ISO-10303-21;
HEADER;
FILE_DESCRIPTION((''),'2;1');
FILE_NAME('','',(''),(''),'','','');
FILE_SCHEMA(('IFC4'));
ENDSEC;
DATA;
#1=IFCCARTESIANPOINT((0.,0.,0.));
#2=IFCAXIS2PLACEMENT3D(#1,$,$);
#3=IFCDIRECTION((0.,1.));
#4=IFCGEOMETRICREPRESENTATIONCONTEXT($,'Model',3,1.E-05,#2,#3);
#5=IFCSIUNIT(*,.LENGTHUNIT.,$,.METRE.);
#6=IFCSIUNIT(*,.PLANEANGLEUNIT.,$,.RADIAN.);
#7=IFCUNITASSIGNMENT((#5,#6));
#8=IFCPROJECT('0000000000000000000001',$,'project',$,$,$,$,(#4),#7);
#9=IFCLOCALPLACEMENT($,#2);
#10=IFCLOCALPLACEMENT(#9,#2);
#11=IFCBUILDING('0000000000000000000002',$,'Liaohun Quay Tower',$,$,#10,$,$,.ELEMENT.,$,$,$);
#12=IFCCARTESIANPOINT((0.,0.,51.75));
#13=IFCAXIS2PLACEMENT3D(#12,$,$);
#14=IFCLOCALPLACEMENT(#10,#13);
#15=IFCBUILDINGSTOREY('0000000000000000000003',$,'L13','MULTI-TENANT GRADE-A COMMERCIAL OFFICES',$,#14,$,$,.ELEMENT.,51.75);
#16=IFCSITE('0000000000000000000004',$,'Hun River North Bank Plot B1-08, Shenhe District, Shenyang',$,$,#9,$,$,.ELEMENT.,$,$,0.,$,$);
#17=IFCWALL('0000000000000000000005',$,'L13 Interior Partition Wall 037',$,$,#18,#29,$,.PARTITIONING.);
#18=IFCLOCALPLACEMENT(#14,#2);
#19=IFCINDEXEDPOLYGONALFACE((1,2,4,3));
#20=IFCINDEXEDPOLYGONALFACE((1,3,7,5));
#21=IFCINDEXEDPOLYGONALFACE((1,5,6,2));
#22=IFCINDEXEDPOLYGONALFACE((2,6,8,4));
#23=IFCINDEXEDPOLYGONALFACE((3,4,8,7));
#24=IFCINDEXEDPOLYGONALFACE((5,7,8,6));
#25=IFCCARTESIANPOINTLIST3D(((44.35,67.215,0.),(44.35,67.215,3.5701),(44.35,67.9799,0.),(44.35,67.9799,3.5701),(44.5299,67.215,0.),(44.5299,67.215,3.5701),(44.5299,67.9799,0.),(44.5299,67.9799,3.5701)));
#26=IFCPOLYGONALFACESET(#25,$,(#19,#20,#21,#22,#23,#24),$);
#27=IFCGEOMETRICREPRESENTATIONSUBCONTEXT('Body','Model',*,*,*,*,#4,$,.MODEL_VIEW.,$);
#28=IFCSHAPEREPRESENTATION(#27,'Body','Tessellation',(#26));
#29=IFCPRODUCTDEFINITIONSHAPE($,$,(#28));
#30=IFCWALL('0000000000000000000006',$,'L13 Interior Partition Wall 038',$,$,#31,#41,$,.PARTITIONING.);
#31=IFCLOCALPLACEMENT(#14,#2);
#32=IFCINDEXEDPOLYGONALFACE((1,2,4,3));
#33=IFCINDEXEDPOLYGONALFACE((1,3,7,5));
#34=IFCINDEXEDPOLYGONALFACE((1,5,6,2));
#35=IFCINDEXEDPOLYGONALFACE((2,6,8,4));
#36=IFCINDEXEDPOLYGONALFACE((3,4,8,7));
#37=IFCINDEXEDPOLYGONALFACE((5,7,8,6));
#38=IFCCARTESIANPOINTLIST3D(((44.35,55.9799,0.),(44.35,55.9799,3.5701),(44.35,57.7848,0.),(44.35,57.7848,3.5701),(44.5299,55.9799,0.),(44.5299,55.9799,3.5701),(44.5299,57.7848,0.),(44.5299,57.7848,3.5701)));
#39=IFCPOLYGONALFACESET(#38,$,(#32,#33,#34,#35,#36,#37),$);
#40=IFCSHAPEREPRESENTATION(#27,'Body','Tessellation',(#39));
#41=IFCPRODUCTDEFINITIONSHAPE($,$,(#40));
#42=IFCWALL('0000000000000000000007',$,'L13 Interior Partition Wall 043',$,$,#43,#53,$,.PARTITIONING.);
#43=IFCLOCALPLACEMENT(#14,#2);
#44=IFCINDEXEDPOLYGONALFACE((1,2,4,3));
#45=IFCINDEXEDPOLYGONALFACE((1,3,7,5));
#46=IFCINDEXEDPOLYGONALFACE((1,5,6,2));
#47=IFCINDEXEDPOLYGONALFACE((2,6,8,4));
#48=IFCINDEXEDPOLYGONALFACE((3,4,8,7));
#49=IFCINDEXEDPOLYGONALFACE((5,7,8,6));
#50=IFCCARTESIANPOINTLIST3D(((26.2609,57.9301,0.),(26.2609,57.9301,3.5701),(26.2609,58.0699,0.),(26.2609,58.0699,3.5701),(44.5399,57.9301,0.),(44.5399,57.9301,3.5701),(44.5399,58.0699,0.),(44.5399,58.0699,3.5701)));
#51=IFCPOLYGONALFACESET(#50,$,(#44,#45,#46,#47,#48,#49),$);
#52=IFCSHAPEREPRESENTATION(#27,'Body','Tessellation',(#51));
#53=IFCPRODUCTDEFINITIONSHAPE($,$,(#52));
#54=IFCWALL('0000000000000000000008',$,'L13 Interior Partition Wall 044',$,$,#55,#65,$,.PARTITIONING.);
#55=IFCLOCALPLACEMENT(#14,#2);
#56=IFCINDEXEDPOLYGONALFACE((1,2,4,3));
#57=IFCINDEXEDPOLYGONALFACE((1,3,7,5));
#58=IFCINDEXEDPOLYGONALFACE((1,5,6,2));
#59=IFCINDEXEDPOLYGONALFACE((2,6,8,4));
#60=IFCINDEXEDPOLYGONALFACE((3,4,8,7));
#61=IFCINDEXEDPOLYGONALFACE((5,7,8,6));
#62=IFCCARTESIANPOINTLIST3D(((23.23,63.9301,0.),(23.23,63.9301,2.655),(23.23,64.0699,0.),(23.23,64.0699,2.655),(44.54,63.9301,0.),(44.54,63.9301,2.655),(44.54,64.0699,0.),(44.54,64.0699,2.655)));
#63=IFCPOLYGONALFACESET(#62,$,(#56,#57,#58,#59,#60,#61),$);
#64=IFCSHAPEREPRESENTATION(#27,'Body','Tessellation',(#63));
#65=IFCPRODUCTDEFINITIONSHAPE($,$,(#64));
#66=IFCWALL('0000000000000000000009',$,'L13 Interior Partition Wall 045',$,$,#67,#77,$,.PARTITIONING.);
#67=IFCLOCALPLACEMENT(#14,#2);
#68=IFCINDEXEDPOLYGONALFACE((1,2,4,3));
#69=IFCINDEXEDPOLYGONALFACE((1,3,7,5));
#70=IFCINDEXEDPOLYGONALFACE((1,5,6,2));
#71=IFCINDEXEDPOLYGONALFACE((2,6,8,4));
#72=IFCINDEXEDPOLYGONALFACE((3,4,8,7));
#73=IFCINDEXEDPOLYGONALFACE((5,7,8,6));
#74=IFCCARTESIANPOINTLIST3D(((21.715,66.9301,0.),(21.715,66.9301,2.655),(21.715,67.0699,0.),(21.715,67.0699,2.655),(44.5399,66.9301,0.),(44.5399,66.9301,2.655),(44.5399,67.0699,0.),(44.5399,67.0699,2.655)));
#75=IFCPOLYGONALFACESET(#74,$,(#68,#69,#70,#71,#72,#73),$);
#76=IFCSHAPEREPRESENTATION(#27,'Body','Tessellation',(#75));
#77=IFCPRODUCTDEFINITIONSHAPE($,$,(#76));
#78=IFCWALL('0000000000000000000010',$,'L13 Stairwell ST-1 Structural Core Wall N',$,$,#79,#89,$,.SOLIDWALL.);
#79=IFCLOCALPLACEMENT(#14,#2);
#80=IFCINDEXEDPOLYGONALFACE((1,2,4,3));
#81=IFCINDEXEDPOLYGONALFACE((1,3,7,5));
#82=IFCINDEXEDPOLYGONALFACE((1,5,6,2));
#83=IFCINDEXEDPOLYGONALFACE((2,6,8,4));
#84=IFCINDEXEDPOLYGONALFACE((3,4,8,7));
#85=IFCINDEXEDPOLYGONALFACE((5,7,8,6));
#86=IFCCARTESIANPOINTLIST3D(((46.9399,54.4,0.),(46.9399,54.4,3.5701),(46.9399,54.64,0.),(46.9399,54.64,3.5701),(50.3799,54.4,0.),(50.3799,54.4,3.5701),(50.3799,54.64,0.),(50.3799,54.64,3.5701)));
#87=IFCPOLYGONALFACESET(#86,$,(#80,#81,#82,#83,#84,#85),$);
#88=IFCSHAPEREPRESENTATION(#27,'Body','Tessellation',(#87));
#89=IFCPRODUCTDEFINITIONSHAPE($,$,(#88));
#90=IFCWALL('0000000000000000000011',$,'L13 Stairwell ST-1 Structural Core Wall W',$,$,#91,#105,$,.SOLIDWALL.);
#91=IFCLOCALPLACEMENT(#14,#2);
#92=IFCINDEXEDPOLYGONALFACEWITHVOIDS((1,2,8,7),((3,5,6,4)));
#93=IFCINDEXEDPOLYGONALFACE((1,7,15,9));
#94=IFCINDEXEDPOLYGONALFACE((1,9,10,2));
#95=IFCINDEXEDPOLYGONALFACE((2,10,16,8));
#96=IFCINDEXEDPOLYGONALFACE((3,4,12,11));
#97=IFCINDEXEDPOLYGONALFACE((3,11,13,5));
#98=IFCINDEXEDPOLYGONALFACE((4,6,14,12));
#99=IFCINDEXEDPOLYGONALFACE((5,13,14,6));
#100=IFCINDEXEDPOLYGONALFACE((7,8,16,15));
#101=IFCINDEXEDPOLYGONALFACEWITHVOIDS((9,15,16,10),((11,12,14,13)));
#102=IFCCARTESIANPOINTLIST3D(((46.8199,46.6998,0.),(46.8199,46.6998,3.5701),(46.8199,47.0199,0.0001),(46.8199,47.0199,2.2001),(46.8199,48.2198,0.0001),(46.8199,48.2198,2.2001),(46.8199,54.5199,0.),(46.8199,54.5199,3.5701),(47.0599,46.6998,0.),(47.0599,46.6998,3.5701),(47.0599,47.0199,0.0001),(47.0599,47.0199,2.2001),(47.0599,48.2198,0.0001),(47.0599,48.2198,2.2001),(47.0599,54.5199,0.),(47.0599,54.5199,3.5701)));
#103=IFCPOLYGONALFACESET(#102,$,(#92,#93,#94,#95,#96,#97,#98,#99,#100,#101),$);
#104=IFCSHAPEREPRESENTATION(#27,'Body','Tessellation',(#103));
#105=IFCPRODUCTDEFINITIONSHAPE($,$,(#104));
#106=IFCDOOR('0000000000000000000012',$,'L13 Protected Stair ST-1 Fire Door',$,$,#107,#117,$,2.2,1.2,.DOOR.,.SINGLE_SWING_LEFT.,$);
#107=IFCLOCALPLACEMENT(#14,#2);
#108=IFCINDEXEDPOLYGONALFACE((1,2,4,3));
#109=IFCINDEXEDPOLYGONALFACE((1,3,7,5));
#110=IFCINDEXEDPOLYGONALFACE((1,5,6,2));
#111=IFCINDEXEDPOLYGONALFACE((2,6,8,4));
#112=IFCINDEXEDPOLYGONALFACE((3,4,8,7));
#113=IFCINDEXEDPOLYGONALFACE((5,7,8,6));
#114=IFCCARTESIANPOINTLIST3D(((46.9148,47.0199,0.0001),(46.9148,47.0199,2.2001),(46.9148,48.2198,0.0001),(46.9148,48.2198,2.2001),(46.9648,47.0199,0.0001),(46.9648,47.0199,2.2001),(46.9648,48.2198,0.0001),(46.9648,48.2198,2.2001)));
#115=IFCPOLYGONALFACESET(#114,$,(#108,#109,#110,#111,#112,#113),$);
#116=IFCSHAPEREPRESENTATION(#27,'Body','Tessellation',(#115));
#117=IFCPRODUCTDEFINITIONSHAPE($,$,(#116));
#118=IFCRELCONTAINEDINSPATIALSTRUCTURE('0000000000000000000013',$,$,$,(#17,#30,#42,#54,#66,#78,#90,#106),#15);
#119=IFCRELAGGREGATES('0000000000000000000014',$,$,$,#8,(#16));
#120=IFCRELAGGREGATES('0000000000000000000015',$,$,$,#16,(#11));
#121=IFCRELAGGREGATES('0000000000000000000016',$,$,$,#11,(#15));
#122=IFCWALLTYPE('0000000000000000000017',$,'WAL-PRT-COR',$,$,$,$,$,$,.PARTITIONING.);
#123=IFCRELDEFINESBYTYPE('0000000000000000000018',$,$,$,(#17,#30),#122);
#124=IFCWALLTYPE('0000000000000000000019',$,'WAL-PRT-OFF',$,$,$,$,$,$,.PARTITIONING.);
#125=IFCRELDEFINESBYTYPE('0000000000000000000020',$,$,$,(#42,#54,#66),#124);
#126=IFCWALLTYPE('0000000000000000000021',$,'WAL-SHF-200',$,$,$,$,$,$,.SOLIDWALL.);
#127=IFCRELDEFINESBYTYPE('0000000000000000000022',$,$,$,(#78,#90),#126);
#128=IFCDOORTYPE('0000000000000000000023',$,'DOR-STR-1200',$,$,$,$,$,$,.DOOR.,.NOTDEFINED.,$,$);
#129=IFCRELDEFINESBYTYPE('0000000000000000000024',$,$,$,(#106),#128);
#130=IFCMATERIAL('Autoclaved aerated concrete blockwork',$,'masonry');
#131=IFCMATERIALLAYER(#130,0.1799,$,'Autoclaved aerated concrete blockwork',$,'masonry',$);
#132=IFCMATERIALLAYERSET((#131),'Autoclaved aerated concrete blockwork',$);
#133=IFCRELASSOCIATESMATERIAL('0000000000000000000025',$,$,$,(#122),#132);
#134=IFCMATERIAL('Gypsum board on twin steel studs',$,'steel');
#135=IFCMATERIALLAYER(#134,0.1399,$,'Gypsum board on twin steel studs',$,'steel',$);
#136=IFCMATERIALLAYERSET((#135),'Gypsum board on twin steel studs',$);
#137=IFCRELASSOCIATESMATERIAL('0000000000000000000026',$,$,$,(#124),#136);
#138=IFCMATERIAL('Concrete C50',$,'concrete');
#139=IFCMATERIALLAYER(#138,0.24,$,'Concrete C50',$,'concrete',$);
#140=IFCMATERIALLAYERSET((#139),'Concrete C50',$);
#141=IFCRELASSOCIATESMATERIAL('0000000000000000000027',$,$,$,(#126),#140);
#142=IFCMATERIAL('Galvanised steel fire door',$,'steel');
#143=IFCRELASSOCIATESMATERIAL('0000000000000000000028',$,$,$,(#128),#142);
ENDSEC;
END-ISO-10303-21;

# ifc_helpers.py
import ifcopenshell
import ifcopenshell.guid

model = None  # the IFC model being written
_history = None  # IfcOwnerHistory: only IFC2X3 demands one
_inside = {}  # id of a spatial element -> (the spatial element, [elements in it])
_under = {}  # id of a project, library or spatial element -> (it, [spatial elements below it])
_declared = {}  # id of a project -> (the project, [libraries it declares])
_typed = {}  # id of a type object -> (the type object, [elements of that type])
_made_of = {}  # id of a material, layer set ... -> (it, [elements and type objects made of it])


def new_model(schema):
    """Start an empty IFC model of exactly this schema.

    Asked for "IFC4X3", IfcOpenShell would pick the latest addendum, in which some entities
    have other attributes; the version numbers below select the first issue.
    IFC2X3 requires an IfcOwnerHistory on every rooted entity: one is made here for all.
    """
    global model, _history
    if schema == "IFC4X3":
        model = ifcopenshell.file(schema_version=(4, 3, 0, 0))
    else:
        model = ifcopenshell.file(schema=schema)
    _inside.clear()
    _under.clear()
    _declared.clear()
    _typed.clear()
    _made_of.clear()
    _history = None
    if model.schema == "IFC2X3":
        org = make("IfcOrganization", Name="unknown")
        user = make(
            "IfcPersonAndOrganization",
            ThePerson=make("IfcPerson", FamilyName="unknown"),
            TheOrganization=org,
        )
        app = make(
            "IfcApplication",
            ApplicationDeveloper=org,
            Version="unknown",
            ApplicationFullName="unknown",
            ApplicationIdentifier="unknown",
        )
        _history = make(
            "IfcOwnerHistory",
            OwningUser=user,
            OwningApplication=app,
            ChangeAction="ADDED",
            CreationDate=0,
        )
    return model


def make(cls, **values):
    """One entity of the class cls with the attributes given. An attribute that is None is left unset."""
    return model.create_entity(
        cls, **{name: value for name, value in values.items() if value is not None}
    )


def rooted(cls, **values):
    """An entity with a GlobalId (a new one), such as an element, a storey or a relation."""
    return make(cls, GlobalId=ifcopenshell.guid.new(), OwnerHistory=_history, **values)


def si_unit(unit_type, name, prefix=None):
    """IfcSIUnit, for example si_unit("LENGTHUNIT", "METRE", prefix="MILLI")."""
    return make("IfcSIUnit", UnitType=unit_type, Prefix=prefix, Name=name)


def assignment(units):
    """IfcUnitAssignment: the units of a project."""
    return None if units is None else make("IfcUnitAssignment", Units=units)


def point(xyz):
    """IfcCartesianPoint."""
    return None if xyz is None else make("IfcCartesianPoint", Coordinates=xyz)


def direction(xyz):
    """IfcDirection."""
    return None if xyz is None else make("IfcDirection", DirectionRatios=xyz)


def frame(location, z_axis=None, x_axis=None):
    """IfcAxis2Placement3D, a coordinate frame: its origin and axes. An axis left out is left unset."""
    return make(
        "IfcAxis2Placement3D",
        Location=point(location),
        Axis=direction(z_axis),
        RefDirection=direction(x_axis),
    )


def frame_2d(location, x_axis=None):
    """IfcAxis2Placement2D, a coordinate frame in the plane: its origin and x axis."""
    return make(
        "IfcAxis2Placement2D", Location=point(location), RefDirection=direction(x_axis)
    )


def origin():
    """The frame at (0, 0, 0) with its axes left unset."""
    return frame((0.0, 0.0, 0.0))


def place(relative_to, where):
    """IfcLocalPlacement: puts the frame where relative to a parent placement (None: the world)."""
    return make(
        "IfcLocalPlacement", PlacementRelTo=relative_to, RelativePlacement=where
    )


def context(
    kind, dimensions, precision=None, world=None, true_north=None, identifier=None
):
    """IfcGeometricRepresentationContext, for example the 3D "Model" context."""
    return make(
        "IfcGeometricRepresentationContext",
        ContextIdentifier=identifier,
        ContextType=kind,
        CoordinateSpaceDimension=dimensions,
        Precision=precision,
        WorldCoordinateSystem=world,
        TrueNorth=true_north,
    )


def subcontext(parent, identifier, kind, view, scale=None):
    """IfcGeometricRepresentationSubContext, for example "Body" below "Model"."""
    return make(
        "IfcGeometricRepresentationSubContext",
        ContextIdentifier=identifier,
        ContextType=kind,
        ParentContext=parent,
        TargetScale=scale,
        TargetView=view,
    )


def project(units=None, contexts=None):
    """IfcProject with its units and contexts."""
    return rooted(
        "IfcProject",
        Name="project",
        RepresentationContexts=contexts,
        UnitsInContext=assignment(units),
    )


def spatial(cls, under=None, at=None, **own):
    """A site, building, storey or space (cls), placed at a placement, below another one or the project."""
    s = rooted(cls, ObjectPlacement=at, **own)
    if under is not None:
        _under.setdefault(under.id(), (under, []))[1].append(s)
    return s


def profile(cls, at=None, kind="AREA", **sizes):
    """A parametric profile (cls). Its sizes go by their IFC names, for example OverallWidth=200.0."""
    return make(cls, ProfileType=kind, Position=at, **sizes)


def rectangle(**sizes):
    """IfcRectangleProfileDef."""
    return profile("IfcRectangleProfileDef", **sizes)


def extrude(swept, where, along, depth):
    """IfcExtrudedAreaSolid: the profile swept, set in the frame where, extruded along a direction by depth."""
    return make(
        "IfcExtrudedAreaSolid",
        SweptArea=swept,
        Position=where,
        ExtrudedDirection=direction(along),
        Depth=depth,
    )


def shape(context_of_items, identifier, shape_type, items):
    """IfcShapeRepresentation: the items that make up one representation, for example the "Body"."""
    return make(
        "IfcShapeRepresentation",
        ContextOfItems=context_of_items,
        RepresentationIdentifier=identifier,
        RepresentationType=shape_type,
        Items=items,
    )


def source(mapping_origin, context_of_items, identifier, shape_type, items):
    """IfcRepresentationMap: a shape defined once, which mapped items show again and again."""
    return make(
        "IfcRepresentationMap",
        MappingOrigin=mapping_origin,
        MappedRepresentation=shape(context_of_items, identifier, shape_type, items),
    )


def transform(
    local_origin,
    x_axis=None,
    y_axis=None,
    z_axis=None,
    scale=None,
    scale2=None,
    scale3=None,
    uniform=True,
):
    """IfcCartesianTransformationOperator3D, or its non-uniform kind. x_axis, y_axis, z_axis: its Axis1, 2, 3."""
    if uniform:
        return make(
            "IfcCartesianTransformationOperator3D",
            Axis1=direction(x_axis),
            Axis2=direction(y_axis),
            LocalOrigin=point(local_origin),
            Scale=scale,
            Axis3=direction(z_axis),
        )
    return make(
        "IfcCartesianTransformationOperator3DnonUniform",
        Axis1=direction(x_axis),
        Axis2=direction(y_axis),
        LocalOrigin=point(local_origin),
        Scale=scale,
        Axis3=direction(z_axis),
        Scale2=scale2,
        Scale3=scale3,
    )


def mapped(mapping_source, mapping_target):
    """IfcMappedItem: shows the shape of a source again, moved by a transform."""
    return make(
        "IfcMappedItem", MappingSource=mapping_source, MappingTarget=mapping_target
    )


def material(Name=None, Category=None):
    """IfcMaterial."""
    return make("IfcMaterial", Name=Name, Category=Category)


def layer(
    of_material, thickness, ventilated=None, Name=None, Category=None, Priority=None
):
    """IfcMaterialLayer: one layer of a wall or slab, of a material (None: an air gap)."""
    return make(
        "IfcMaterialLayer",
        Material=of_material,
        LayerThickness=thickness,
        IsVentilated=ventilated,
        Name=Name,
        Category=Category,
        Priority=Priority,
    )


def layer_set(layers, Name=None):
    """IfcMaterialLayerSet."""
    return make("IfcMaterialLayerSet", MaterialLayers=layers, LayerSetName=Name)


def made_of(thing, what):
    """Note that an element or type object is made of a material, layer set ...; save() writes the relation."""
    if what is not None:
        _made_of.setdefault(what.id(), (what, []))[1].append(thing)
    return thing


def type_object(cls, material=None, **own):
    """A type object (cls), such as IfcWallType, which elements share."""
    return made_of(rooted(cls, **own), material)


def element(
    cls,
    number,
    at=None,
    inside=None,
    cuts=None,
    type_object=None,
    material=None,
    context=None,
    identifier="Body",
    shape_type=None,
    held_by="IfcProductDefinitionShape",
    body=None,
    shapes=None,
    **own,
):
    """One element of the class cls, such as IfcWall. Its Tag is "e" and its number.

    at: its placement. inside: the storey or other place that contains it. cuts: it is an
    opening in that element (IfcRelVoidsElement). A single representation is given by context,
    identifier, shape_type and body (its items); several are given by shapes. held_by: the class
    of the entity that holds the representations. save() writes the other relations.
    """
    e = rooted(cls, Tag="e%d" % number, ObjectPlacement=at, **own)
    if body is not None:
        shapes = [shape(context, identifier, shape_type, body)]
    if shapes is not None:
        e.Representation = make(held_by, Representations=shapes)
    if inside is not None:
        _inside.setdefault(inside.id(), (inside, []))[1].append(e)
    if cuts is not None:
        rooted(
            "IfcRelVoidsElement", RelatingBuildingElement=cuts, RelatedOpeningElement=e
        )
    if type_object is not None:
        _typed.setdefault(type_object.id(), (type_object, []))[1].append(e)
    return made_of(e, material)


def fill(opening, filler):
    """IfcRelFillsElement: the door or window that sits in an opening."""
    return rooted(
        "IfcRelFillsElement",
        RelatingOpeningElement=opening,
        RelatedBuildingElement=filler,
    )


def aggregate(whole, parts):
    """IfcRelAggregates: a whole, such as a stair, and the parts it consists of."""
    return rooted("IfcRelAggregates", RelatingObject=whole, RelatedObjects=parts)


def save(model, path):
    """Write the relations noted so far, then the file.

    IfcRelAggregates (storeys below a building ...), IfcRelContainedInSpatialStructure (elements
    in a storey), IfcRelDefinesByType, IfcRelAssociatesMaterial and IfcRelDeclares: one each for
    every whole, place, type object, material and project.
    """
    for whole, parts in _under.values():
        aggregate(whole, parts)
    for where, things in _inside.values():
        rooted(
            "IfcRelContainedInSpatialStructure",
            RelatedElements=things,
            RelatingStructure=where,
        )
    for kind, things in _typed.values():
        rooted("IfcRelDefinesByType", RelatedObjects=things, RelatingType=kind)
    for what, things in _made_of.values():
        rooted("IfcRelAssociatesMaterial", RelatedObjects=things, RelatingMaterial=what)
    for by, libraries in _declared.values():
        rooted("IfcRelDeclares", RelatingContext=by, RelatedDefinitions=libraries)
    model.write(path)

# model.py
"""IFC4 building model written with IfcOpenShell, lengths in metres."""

from ifc_helpers import new_model, si_unit, direction, frame, frame_2d, origin, place, context, subcontext, project, spatial, rectangle, extrude, source, transform, mapped, material, layer, layer_set, type_object, element, fill, save


model = new_model("IFC4")

# Units and contexts
model_context = context("Model", 3, precision=1e-05, world=origin(), true_north=direction((0.0, 1.0)))
body_context = subcontext(model_context, "Body", "Model", "MODEL_VIEW")
ifc_project = project(units=[si_unit("LENGTHUNIT", "METRE"), si_unit("PLANEANGLEUNIT", "RADIAN")], contexts=[model_context])

# Site, building, storey
site_placement = place(None, origin())
site = spatial("IfcSite", under=ifc_project, at=site_placement, Name="Hun River North Bank Plot B1-08, Shenhe District, Shenyang", CompositionType="ELEMENT", RefElevation=0.0)
building_placement = place(site_placement, origin())
building = spatial("IfcBuilding", under=site, at=building_placement, Name="Liaohun Quay Tower", CompositionType="ELEMENT")
storey_placement = place(building_placement, frame((0.0, 0.0, 51.75)))
storey = spatial("IfcBuildingStorey", under=building, at=storey_placement, Name="L13", Description="MULTI-TENANT GRADE-A COMMERCIAL OFFICES", CompositionType="ELEMENT", Elevation=51.75)

# Shared definitions
ifc_material_1 = material(Name="Autoclaved aerated concrete blockwork", Category="masonry")
ifc_layer_1 = layer(ifc_material_1, 0.1799, Name="Autoclaved aerated concrete blockwork", Category="masonry")
ifc_layer_set_1 = layer_set([ifc_layer_1], Name="Autoclaved aerated concrete blockwork")
wall_type_1 = type_object("IfcWallType", Name="WAL-PRT-COR", PredefinedType="PARTITIONING", material=ifc_layer_set_1)

# Walls
wall_1_placement = place(storey_placement, frame((44.4399, 67.2151, 0.0), z_axis=(0.0, 0.0, 1.0), x_axis=(0.0, 1.0, 0.0)))
element("IfcWall", 1, at=wall_1_placement, inside=storey, type_object=wall_type_1, Name="L13 Interior Partition Wall 037", PredefinedType="PARTITIONING", context=body_context, shape_type="SweptSolid", body=[
    extrude(rectangle(XDim=0.7649, YDim=0.1799, at=frame_2d((0.3823, 0.0))), origin(), (0.0, 0.0, 1.0), 3.5701),
])
wall_2_placement = place(storey_placement, frame((44.4399, 55.98, 0.0), z_axis=(0.0, 0.0, 1.0), x_axis=(0.0, 1.0, 0.0)))
element("IfcWall", 2, at=wall_2_placement, inside=storey, type_object=wall_type_1, Name="L13 Interior Partition Wall 038", PredefinedType="PARTITIONING", context=body_context, shape_type="SweptSolid", body=[
    extrude(rectangle(XDim=1.8049, YDim=0.1799, at=frame_2d((0.9023, 0.0))), origin(), (0.0, 0.0, 1.0), 3.5701),
])
ifc_material_2 = material(Name="Gypsum board on twin steel studs", Category="steel")
ifc_layer_2 = layer(ifc_material_2, 0.1399, Name="Gypsum board on twin steel studs", Category="steel")
ifc_layer_set_2 = layer_set([ifc_layer_2], Name="Gypsum board on twin steel studs")
wall_type_2 = type_object("IfcWallType", Name="WAL-PRT-OFF", PredefinedType="PARTITIONING", material=ifc_layer_set_2)
wall_3_placement = place(storey_placement, frame((44.54, 58.0, 0.0), z_axis=(0.0, 0.0, 1.0), x_axis=(-1.0, 0.0, 0.0)))
element("IfcWall", 3, at=wall_3_placement, inside=storey, type_object=wall_type_2, Name="L13 Interior Partition Wall 043", PredefinedType="PARTITIONING", context=body_context, shape_type="SweptSolid", body=[
    extrude(rectangle(XDim=18.2791, YDim=0.1399, at=frame_2d((9.1396, 0.0))), origin(), (0.0, 0.0, 1.0), 3.5701),
])
wall_4_placement = place(storey_placement, frame((44.54, 64.0, 0.0), z_axis=(0.0, 0.0, 1.0), x_axis=(-1.0, 0.0, 0.0)))
element("IfcWall", 4, at=wall_4_placement, inside=storey, type_object=wall_type_2, Name="L13 Interior Partition Wall 044", PredefinedType="PARTITIONING", context=body_context, shape_type="SweptSolid", body=[
    extrude(rectangle(XDim=21.3101, YDim=0.1399, at=frame_2d((10.655, 0.0))), origin(), (0.0, 0.0, 1.0), 2.655),
])
wall_5_placement = place(storey_placement, frame((44.54, 67.0, 0.0), z_axis=(0.0, 0.0, 1.0), x_axis=(-1.0, 0.0, 0.0)))
element("IfcWall", 5, at=wall_5_placement, inside=storey, type_object=wall_type_2, Name="L13 Interior Partition Wall 045", PredefinedType="PARTITIONING", context=body_context, shape_type="SweptSolid", body=[
    extrude(rectangle(XDim=22.825, YDim=0.1399, at=frame_2d((11.4126, 0.0))), origin(), (0.0, 0.0, 1.0), 2.655),
])

# Wall
ifc_material_3 = material(Name="Concrete C50", Category="concrete")
ifc_layer_3 = layer(ifc_material_3, 0.24, Name="Concrete C50", Category="concrete")
ifc_layer_set_3 = layer_set([ifc_layer_3], Name="Concrete C50")
wall_type_3 = type_object("IfcWallType", Name="WAL-SHF-200", PredefinedType="SOLIDWALL", material=ifc_layer_set_3)
wall_6_placement = place(storey_placement, frame((50.3799, 54.52, 0.0), z_axis=(0.0, 0.0, 1.0), x_axis=(-1.0, 0.0, 0.0)))
element("IfcWall", 6, at=wall_6_placement, inside=storey, type_object=wall_type_3, Name="L13 Stairwell ST-1 Structural Core Wall N", PredefinedType="SOLIDWALL", context=body_context, shape_type="SweptSolid", body=[
    extrude(rectangle(XDim=3.4399, YDim=0.24, at=frame_2d((1.72, 0.0))), origin(), (0.0, 0.0, 1.0), 3.5701),
])

# Wall, opening, door
wall_7_placement = place(storey_placement, frame((46.9399, 54.52, 0.0), z_axis=(0.0, 0.0, 1.0), x_axis=(0.0, -1.0, 0.0)))
wall_7 = element("IfcWall", 7, at=wall_7_placement, inside=storey, type_object=wall_type_3, Name="L13 Stairwell ST-1 Structural Core Wall W", PredefinedType="SOLIDWALL", context=body_context, shape_type="SweptSolid", body=[
    extrude(rectangle(XDim=7.8201, YDim=0.24, at=frame_2d((3.9102, 0.0))), origin(), (0.0, 0.0, 1.0), 3.5701),
])
shared_shape_1 = source(origin(), body_context, "Body", "SweptSolid", [
    extrude(rectangle(XDim=1.2, YDim=2.2, at=frame_2d((0.6001, 1.1001))), frame((0.0, 0.1299, 0.0), z_axis=(0.0, -1.0, 0.0), x_axis=(1.0, 0.0, 0.0)), (0.0, 0.0, 1.0), 0.26),
])
opening_1_placement = place(wall_7_placement, frame((6.3, 0.0, 0.0)))
opening_1 = element("IfcOpeningElement", 8, at=opening_1_placement, cuts=wall_7, PredefinedType="OPENING", context=body_context, shape_type="MappedRepresentation", body=[
    mapped(shared_shape_1, transform((0.0, 0.0, 0.0), x_axis=(1.0, 0.0, 0.0), y_axis=(0.0, 1.0, 0.0), z_axis=(0.0, 0.0, 1.0), scale=1.0)),
])
ifc_material_4 = material(Name="Galvanised steel fire door", Category="steel")
door_type_1 = type_object("IfcDoorType", Name="DOR-STR-1200", OperationType="NOTDEFINED", PredefinedType="DOOR", material=ifc_material_4)
shared_shape_2 = source(origin(), body_context, "Body", "SweptSolid", [
    extrude(rectangle(XDim=1.2, YDim=2.2, at=frame_2d((0.6001, 1.1001))), frame((0.0, 0.0249, 0.0), z_axis=(0.0, -1.0, 0.0), x_axis=(1.0, 0.0, 0.0)), (0.0, 0.0, 1.0), 0.05),
])
door_1_placement = place(opening_1_placement, origin())
door_1 = element("IfcDoor", 9, at=door_1_placement, inside=storey, type_object=door_type_1, Name="L13 Protected Stair ST-1 Fire Door", OperationType="SINGLE_SWING_LEFT", OverallHeight=2.2, OverallWidth=1.2, PredefinedType="DOOR", context=body_context, shape_type="MappedRepresentation", body=[
    mapped(shared_shape_2, transform((0.0, 0.0, 0.0), x_axis=(1.0, 0.0, 0.0), y_axis=(0.0, 1.0, 0.0), z_axis=(0.0, 0.0, 1.0), scale=1.0)),
])
fill(opening_1, door_1)

save(model, "model.ifc")
